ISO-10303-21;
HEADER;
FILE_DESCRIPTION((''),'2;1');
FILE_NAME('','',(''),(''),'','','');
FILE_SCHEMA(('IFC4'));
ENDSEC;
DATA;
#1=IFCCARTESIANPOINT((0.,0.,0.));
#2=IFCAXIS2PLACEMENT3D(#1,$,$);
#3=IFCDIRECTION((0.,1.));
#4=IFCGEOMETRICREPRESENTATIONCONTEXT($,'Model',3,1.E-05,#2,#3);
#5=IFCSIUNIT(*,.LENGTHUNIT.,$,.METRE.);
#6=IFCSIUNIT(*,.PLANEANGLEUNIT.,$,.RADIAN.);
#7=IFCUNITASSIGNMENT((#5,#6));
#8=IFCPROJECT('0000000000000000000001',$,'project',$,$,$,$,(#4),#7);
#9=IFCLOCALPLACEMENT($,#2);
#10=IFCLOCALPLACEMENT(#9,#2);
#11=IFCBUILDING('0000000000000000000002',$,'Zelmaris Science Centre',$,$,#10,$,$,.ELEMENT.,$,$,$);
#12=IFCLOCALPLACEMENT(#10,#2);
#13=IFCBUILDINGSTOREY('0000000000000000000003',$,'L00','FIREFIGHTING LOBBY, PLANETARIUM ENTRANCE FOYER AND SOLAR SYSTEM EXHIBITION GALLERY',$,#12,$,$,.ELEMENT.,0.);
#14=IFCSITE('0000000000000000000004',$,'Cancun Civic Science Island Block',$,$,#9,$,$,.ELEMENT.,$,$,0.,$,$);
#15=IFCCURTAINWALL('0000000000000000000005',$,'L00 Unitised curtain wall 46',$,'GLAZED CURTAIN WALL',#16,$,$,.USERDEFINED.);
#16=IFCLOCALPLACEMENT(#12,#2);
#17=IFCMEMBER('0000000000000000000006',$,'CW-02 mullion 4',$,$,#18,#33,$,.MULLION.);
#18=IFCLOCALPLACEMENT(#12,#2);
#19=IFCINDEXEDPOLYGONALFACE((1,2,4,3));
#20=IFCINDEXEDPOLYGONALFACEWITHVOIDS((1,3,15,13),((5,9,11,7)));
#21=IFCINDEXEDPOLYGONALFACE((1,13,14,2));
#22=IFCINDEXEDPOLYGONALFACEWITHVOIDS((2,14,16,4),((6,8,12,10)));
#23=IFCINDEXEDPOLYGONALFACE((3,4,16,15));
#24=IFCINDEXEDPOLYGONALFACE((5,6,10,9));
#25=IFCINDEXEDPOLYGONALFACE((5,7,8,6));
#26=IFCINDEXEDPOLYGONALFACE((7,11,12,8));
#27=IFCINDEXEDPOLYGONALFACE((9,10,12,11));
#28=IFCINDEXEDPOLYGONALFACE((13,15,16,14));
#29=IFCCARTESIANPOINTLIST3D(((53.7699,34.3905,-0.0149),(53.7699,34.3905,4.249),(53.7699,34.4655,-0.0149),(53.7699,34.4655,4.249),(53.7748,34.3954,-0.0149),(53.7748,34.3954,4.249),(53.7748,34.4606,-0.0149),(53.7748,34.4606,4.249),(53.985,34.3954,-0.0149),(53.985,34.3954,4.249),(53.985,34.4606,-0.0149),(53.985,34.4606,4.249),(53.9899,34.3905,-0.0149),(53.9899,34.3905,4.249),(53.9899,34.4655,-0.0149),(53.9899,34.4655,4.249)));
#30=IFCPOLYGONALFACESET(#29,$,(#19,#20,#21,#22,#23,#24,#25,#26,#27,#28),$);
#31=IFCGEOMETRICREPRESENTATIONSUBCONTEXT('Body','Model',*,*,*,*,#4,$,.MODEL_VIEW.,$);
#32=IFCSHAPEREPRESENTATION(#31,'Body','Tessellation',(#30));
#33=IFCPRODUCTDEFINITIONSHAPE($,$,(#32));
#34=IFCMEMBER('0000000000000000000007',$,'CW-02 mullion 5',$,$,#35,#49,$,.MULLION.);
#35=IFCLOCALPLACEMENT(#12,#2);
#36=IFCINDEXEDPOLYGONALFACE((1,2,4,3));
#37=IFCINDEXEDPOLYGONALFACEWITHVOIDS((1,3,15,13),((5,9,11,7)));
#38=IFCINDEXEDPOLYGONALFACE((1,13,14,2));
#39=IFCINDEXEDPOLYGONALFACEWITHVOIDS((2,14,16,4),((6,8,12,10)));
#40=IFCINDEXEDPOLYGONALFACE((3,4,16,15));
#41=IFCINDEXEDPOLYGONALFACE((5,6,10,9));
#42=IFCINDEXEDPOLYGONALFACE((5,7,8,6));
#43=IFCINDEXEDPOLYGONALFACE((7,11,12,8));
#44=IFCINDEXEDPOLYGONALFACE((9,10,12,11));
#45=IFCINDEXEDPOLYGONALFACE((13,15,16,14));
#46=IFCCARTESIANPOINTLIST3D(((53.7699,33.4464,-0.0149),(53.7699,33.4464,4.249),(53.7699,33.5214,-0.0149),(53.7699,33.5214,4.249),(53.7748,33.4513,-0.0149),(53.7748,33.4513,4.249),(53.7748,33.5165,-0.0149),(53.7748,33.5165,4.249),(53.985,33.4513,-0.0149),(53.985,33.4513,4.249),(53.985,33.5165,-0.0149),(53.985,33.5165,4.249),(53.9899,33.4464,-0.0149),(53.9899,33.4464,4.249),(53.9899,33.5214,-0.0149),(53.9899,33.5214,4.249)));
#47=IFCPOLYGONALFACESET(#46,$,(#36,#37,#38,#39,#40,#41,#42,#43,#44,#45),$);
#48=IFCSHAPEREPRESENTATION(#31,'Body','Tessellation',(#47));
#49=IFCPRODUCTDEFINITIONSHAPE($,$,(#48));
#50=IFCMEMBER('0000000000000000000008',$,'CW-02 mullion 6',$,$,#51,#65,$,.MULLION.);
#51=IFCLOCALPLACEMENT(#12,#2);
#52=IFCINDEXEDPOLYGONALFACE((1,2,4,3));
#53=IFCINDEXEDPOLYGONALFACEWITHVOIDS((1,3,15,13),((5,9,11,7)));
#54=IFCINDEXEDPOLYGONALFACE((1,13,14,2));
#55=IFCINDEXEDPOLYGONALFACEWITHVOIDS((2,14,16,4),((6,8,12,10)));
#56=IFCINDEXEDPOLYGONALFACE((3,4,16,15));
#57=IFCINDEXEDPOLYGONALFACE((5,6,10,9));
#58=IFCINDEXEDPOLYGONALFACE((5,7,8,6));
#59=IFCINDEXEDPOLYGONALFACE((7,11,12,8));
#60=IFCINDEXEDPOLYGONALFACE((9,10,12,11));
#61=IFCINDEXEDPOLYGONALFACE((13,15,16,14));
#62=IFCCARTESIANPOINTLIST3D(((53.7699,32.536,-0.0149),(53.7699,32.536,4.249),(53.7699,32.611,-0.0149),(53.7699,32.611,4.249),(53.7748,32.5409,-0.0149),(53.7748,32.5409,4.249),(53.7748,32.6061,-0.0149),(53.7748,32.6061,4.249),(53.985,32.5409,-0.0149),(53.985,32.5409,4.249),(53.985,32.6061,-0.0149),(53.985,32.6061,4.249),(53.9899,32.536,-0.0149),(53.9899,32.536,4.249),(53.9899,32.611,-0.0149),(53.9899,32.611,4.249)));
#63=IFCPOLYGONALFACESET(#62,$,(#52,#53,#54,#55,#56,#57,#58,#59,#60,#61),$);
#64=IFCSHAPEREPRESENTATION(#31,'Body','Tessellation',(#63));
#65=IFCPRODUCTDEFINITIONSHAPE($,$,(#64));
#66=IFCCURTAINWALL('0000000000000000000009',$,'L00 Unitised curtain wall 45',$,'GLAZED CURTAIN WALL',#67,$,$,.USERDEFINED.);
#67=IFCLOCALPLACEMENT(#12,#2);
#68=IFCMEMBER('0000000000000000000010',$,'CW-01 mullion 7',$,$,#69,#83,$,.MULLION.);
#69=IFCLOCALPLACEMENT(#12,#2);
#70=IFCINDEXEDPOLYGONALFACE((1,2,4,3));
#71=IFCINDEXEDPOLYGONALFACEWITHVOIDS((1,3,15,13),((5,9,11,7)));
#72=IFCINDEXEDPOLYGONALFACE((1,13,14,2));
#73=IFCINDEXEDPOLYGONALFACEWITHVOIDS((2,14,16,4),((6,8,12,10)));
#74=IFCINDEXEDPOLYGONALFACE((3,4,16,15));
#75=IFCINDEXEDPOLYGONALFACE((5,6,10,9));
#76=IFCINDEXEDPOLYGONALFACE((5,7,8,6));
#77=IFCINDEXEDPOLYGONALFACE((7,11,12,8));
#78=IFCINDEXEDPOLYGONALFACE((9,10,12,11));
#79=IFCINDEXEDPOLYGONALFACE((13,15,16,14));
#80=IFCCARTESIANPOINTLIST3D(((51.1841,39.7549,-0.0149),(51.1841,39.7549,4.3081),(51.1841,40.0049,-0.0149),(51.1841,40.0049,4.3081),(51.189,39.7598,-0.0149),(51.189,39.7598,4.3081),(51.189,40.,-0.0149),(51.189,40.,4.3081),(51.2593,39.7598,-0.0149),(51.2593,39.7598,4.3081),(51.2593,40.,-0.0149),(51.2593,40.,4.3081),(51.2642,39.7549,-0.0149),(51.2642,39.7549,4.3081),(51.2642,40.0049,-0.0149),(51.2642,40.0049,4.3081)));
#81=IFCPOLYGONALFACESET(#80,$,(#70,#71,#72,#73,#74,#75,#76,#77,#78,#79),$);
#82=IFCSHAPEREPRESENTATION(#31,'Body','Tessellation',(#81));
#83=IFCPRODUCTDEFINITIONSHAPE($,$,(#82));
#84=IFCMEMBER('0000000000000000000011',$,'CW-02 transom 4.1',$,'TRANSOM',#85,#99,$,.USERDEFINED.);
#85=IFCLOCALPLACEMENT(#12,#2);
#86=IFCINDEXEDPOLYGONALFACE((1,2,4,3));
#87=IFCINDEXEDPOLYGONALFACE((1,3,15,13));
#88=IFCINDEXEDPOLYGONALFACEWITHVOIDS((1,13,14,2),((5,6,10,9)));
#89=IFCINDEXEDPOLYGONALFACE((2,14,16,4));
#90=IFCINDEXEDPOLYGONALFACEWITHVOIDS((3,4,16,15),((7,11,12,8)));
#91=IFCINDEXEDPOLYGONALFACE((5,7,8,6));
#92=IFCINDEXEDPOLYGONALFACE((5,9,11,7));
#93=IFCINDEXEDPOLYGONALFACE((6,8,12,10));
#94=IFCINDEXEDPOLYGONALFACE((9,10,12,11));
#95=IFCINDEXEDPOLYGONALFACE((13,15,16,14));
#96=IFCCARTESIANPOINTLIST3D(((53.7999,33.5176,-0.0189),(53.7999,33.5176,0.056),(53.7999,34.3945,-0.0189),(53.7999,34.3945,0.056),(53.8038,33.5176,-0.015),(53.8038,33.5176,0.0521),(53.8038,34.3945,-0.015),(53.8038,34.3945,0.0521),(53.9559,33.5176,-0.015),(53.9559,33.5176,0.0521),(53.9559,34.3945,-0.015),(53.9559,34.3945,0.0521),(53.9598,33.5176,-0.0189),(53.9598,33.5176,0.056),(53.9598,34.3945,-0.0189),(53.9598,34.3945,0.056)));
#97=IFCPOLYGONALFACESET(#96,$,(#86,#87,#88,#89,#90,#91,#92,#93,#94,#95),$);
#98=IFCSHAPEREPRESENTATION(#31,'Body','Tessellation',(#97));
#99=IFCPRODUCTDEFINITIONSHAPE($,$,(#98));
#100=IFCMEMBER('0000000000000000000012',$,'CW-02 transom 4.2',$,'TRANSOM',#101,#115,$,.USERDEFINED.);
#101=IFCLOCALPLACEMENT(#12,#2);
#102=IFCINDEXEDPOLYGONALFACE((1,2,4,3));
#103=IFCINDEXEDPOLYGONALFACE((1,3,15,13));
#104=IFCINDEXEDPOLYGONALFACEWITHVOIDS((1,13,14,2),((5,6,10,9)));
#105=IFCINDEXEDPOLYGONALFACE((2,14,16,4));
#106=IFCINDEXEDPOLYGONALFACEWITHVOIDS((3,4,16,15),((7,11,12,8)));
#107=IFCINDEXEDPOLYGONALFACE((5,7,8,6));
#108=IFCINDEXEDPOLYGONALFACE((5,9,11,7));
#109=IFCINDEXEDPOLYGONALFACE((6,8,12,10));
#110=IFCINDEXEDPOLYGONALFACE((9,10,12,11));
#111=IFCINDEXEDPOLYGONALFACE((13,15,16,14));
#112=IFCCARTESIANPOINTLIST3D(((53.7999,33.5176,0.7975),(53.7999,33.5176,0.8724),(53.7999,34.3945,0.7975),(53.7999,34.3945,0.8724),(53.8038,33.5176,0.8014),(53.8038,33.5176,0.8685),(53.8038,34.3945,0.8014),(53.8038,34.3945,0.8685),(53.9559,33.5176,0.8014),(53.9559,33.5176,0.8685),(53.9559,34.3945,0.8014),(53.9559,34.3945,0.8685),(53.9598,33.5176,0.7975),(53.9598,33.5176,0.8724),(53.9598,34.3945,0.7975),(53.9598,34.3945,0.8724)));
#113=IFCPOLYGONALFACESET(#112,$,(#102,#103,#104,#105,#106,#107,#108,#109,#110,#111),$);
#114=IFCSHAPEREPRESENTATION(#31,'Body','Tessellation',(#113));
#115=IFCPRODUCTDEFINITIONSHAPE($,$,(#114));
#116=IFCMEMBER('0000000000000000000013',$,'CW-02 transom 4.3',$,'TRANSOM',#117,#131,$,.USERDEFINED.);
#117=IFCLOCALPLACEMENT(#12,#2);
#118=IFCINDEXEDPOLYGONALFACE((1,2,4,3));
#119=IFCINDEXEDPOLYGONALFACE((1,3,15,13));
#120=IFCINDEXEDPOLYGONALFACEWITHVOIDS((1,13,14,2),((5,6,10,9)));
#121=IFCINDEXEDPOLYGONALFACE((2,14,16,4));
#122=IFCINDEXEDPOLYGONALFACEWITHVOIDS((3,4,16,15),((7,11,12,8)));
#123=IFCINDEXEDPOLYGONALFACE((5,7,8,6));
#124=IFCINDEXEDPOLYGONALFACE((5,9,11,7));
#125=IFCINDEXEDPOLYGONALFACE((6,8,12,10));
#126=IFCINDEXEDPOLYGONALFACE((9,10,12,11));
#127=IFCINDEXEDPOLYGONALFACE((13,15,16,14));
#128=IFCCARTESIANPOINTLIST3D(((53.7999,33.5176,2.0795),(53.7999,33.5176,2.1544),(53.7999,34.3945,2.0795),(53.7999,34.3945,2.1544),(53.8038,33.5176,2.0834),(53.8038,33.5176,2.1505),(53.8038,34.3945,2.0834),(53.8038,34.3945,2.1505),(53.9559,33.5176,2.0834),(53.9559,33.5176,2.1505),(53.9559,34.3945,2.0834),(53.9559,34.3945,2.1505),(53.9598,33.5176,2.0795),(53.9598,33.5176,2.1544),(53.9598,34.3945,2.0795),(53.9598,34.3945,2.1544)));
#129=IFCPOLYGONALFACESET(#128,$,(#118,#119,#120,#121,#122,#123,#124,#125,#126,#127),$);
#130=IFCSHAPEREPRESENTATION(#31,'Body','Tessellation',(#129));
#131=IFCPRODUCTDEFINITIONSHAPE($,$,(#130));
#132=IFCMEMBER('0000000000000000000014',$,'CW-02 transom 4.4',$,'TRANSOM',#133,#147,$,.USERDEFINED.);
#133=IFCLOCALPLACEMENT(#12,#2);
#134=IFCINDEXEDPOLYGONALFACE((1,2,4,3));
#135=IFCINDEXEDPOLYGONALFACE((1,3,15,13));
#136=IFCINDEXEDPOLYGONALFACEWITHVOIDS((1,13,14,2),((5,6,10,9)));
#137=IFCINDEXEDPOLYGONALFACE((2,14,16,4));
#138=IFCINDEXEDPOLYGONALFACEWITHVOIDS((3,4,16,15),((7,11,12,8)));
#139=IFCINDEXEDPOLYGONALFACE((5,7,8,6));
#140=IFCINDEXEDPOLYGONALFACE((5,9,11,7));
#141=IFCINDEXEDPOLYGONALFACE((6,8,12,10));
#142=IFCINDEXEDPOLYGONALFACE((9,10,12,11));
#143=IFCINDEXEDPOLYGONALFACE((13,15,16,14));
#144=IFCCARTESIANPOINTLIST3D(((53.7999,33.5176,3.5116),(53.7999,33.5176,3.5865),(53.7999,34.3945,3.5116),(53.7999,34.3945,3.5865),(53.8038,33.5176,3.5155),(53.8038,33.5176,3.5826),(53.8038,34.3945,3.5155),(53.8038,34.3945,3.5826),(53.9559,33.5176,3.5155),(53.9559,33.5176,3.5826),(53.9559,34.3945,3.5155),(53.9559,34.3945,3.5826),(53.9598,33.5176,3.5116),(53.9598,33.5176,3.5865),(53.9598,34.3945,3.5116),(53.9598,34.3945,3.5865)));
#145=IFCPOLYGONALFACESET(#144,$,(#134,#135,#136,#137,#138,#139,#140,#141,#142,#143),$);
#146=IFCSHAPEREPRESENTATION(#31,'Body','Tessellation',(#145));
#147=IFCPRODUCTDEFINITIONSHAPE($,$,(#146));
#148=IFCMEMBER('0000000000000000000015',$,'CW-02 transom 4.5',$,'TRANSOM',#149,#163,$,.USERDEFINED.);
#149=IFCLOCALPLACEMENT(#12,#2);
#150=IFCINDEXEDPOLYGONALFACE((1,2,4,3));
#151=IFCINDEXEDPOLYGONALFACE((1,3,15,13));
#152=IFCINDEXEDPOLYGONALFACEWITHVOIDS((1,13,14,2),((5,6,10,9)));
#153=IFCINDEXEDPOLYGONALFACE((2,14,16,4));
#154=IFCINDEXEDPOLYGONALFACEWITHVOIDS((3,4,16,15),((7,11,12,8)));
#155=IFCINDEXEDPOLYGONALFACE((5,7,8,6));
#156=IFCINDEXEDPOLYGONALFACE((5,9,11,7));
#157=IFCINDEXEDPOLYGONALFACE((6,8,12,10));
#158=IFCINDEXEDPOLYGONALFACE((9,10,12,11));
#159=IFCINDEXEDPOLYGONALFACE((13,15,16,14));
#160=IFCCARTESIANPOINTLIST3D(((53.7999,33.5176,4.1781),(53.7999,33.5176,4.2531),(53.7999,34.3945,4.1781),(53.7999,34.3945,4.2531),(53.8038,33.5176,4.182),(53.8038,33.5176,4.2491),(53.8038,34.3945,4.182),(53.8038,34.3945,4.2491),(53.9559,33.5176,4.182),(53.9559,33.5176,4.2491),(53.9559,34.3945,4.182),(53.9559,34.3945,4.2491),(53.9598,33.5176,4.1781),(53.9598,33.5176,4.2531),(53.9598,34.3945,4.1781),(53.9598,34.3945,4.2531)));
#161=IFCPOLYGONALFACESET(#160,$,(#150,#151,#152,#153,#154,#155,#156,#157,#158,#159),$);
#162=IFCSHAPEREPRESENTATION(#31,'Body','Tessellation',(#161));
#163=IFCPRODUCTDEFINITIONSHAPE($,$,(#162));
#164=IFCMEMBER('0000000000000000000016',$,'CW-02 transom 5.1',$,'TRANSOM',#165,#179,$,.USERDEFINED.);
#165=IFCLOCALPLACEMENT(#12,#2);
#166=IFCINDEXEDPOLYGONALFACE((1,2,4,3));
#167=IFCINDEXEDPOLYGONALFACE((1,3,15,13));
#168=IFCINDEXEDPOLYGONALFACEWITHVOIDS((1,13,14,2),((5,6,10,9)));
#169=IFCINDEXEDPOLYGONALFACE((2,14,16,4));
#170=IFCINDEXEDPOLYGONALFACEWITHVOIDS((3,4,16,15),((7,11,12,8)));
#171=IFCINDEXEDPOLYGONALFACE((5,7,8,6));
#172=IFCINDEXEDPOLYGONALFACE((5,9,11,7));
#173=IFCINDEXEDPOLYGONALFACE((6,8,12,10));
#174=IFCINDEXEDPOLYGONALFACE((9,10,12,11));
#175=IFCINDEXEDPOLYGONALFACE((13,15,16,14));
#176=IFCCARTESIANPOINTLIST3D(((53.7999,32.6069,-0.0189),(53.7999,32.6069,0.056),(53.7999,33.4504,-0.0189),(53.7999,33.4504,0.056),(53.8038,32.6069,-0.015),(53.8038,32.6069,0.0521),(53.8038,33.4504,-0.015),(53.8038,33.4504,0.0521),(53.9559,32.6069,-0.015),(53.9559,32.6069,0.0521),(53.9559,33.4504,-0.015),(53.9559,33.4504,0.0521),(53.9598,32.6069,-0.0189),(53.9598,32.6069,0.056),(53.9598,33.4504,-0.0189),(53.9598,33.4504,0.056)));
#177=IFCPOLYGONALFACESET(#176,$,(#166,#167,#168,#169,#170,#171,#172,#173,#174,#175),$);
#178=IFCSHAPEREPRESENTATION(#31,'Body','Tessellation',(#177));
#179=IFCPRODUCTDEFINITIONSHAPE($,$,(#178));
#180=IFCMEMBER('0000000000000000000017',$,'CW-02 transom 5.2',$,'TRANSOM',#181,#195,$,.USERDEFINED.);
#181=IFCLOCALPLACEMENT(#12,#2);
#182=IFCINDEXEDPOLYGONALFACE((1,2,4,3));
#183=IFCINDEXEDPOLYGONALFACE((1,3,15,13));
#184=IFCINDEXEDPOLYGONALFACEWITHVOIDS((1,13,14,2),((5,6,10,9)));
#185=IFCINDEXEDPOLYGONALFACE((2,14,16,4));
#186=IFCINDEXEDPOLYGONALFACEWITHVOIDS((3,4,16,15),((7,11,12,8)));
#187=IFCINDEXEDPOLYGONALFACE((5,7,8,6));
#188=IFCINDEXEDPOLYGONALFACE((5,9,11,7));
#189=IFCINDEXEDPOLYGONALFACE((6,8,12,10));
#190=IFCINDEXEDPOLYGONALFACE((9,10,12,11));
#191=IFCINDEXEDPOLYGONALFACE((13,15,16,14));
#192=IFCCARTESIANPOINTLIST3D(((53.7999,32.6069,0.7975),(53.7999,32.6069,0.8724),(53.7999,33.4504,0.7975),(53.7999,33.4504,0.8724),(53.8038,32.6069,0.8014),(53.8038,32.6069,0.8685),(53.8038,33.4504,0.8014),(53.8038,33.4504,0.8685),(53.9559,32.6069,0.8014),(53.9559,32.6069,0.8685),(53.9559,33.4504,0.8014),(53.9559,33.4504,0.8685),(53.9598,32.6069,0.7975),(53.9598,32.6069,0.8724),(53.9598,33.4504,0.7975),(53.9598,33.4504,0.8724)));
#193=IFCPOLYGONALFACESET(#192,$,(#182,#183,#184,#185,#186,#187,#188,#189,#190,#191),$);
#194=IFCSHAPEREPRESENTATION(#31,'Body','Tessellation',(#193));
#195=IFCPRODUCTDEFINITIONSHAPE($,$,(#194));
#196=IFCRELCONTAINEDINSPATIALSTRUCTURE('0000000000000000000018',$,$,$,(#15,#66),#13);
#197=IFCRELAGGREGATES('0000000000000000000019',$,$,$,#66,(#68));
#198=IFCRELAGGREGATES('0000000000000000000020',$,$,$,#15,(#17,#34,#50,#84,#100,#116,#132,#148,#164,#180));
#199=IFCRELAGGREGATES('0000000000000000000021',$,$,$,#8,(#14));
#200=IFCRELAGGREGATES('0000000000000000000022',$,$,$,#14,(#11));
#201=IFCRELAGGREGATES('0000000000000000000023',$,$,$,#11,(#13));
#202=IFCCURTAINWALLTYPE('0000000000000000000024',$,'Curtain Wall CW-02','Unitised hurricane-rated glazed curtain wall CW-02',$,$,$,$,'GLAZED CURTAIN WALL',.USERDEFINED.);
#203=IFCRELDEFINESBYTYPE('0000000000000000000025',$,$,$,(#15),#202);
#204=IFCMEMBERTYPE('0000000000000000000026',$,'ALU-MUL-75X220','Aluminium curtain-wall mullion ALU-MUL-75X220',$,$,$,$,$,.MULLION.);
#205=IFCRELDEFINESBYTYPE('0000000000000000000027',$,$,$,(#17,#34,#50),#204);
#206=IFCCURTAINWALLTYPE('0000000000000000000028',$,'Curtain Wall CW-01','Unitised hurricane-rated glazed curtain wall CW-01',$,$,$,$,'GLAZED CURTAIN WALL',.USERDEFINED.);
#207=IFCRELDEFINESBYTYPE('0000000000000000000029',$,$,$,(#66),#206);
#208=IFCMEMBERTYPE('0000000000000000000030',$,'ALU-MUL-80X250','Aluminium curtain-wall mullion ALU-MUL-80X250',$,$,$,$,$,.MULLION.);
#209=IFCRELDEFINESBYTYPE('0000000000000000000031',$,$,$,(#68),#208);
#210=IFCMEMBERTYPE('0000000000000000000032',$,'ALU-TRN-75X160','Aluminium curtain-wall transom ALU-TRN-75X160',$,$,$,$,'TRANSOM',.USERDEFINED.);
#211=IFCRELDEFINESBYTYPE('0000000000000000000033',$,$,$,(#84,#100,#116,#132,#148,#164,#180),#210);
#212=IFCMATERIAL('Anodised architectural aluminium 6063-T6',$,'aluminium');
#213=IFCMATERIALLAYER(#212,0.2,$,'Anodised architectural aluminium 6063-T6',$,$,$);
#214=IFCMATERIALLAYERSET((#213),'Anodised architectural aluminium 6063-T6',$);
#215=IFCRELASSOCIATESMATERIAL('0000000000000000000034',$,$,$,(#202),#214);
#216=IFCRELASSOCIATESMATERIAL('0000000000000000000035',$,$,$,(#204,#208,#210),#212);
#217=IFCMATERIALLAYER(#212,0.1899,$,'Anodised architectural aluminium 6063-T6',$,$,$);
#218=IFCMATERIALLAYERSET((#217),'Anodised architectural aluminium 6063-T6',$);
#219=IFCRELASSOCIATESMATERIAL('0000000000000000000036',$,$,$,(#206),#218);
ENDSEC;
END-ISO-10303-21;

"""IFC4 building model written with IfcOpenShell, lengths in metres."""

from ifc_helpers import new_model, si_unit, direction, frame, origin, origin_2d, place, context, subcontext, project, spatial, hollow_rectangle, extrude, material, layer, layer_set, material_profile, profile_set, type_object, element, aggregate, save


model = new_model("IFC4")

# Units and contexts
model_context = context("Model", 3, precision=1e-05, world=origin(), true_north=direction((0.0, 1.0)))
body_context = subcontext(model_context, "Body", "Model", "MODEL_VIEW")
ifc_project = project(units=[si_unit("LENGTHUNIT", "METRE"), si_unit("PLANEANGLEUNIT", "RADIAN")], contexts=[model_context])

# Site, building, storey
site_placement = place(None, origin())
site = spatial("IfcSite", under=ifc_project, at=site_placement, Name="Cancun Civic Science Island Block", CompositionType="ELEMENT", RefElevation=0.0)
building_placement = place(site_placement, origin())
building = spatial("IfcBuilding", under=site, at=building_placement, Name="Zelmaris Science Centre", CompositionType="ELEMENT")
storey_placement = place(building_placement, origin())
storey = spatial("IfcBuildingStorey", under=building, at=storey_placement, Name="L00", Description="FIREFIGHTING LOBBY, PLANETARIUM ENTRANCE FOYER AND SOLAR SYSTEM EXHIBITION GALLERY", CompositionType="ELEMENT", Elevation=0.0)

# Curtain wall, members
ifc_material_1 = material(Name="Anodised architectural aluminium 6063-T6", Category="aluminium")
ifc_layer_1 = layer(ifc_material_1, 0.2, Name="Anodised architectural aluminium 6063-T6")
ifc_layer_set_1 = layer_set([ifc_layer_1], Name="Anodised architectural aluminium 6063-T6")
curtain_wall_type_1 = type_object("IfcCurtainWallType", Name="Curtain Wall CW-02", Description="Unitised hurricane-rated glazed curtain wall CW-02", ElementType="GLAZED CURTAIN WALL", PredefinedType="USERDEFINED", material=ifc_layer_set_1)
curtain_wall_1_placement = place(storey_placement, origin())
curtain_wall_1 = element("IfcCurtainWall", 1, at=curtain_wall_1_placement, inside=storey, type_object=curtain_wall_type_1, Name="L00 Unitised curtain wall 46", ObjectType="GLAZED CURTAIN WALL", PredefinedType="USERDEFINED")
ifc_material_profile_1 = material_profile(ifc_material_1, hollow_rectangle(XDim=0.075, YDim=0.22, WallThickness=0.0049, at=origin_2d()), Name="ALU-MUL-75X220")
ifc_profile_set_1 = profile_set([ifc_material_profile_1], Name="Anodised architectural aluminium 6063-T6")
member_type_1 = type_object("IfcMemberType", Name="ALU-MUL-75X220", Description="Aluminium curtain-wall mullion ALU-MUL-75X220", PredefinedType="MULLION", material=ifc_profile_set_1)
member_1_placement = place(storey_placement, frame((53.8799, 34.428, -0.0149), z_axis=(0.0, 0.0, 1.0), x_axis=(0.00001, -1.0, 0.0)))
member_1 = element("IfcMember", 2, at=member_1_placement, type_object=member_type_1, Name="CW-02 mullion 4", PredefinedType="MULLION", context=body_context, shape_type="SweptSolid", body=[
    extrude(hollow_rectangle(XDim=0.075, YDim=0.22, WallThickness=0.0049, at=origin_2d()), origin(), (0.0, 0.0, 1.0), 4.2639),
])
member_2_placement = place(storey_placement, frame((53.8799, 33.4839, -0.0149), z_axis=(0.0, 0.0, 1.0), x_axis=(0.00001, -1.0, 0.0)))
member_2 = element("IfcMember", 3, at=member_2_placement, type_object=member_type_1, Name="CW-02 mullion 5", PredefinedType="MULLION", context=body_context, shape_type="SweptSolid", body=[
    extrude(hollow_rectangle(XDim=0.075, YDim=0.22, WallThickness=0.0049, at=origin_2d()), origin(), (0.0, 0.0, 1.0), 4.2639),
])
member_3_placement = place(storey_placement, frame((53.8799, 32.5735, -0.0149), z_axis=(0.0, 0.0, 1.0), x_axis=(0.00001, -1.0, 0.0)))
member_3 = element("IfcMember", 4, at=member_3_placement, type_object=member_type_1, Name="CW-02 mullion 6", PredefinedType="MULLION", context=body_context, shape_type="SweptSolid", body=[
    extrude(hollow_rectangle(XDim=0.075, YDim=0.22, WallThickness=0.0049, at=origin_2d()), origin(), (0.0, 0.0, 1.0), 4.2639),
])

# Curtain wall, member
ifc_layer_2 = layer(ifc_material_1, 0.1899, Name="Anodised architectural aluminium 6063-T6")
ifc_layer_set_2 = layer_set([ifc_layer_2], Name="Anodised architectural aluminium 6063-T6")
curtain_wall_type_2 = type_object("IfcCurtainWallType", Name="Curtain Wall CW-01", Description="Unitised hurricane-rated glazed curtain wall CW-01", ElementType="GLAZED CURTAIN WALL", PredefinedType="USERDEFINED", material=ifc_layer_set_2)
curtain_wall_2_placement = place(storey_placement, origin())
curtain_wall_2 = element("IfcCurtainWall", 5, at=curtain_wall_2_placement, inside=storey, type_object=curtain_wall_type_2, Name="L00 Unitised curtain wall 45", ObjectType="GLAZED CURTAIN WALL", PredefinedType="USERDEFINED")
ifc_material_profile_2 = material_profile(ifc_material_1, hollow_rectangle(XDim=0.0801, YDim=0.25, WallThickness=0.0049, at=origin_2d()), Name="ALU-MUL-80X250")
ifc_profile_set_2 = profile_set([ifc_material_profile_2], Name="Anodised architectural aluminium 6063-T6")
member_type_2 = type_object("IfcMemberType", Name="ALU-MUL-80X250", Description="Aluminium curtain-wall mullion ALU-MUL-80X250", PredefinedType="MULLION", material=ifc_profile_set_2)
member_4_placement = place(storey_placement, frame((51.2241, 39.8799, -0.0149), z_axis=(0.0, 0.0, 1.0), x_axis=(1.0, -0.000003, 0.0)))
member_4 = element("IfcMember", 6, at=member_4_placement, type_object=member_type_2, Name="CW-01 mullion 7", PredefinedType="MULLION", context=body_context, shape_type="SweptSolid", body=[
    extrude(hollow_rectangle(XDim=0.0801, YDim=0.25, WallThickness=0.0049, at=origin_2d()), origin(), (0.0, 0.0, 1.0), 4.323),
])

# Members
ifc_material_profile_3 = material_profile(ifc_material_1, hollow_rectangle(XDim=0.075, YDim=0.1599, WallThickness=0.0039, at=origin_2d()), Name="ALU-TRN-75X160")
ifc_profile_set_3 = profile_set([ifc_material_profile_3], Name="Anodised architectural aluminium 6063-T6")
member_type_3 = type_object("IfcMemberType", Name="ALU-TRN-75X160", Description="Aluminium curtain-wall transom ALU-TRN-75X160", ElementType="TRANSOM", PredefinedType="USERDEFINED", material=ifc_profile_set_3)
member_5_placement = place(storey_placement, frame((53.8799, 34.3945, 0.0186), z_axis=(0.0, -1.0, 0.0), x_axis=(0.0, 0.0, 1.0)))
member_5 = element("IfcMember", 7, at=member_5_placement, type_object=member_type_3, Name="CW-02 transom 4.1", ObjectType="TRANSOM", PredefinedType="USERDEFINED", context=body_context, shape_type="SweptSolid", body=[
    extrude(hollow_rectangle(XDim=0.075, YDim=0.1599, WallThickness=0.0039, at=origin_2d()), origin(), (0.0, 0.0, 1.0), 0.877),
])
member_6_placement = place(storey_placement, frame((53.8799, 34.3945, 0.835), z_axis=(0.0, -1.0, 0.0), x_axis=(0.0, 0.0, 1.0)))
member_6 = element("IfcMember", 8, at=member_6_placement, type_object=member_type_3, Name="CW-02 transom 4.2", ObjectType="TRANSOM", PredefinedType="USERDEFINED", context=body_context, shape_type="SweptSolid", body=[
    extrude(hollow_rectangle(XDim=0.075, YDim=0.1599, WallThickness=0.0039, at=origin_2d()), origin(), (0.0, 0.0, 1.0), 0.877),
])
member_7_placement = place(storey_placement, frame((53.8799, 34.3945, 2.1169), z_axis=(0.0, -1.0, 0.0), x_axis=(0.0, 0.0, 1.0)))
member_7 = element("IfcMember", 9, at=member_7_placement, type_object=member_type_3, Name="CW-02 transom 4.3", ObjectType="TRANSOM", PredefinedType="USERDEFINED", context=body_context, shape_type="SweptSolid", body=[
    extrude(hollow_rectangle(XDim=0.075, YDim=0.1599, WallThickness=0.0039, at=origin_2d()), origin(), (0.0, 0.0, 1.0), 0.877),
])
member_8_placement = place(storey_placement, frame((53.8799, 34.3945, 3.5491), z_axis=(0.0, -1.0, 0.0), x_axis=(0.0, 0.0, 1.0)))
member_8 = element("IfcMember", 10, at=member_8_placement, type_object=member_type_3, Name="CW-02 transom 4.4", ObjectType="TRANSOM", PredefinedType="USERDEFINED", context=body_context, shape_type="SweptSolid", body=[
    extrude(hollow_rectangle(XDim=0.075, YDim=0.1599, WallThickness=0.0039, at=origin_2d()), origin(), (0.0, 0.0, 1.0), 0.877),
])
member_9_placement = place(storey_placement, frame((53.8799, 34.3945, 4.2156), z_axis=(0.0, -1.0, 0.0), x_axis=(0.0, 0.0, 1.0)))
member_9 = element("IfcMember", 11, at=member_9_placement, type_object=member_type_3, Name="CW-02 transom 4.5", ObjectType="TRANSOM", PredefinedType="USERDEFINED", context=body_context, shape_type="SweptSolid", body=[
    extrude(hollow_rectangle(XDim=0.075, YDim=0.1599, WallThickness=0.0039, at=origin_2d()), origin(), (0.0, 0.0, 1.0), 0.877),
])
member_10_placement = place(storey_placement, frame((53.8799, 33.4504, 0.0186), z_axis=(0.0, -1.0, 0.0), x_axis=(0.0, 0.0, 1.0)))
member_10 = element("IfcMember", 12, at=member_10_placement, type_object=member_type_3, Name="CW-02 transom 5.1", ObjectType="TRANSOM", PredefinedType="USERDEFINED", context=body_context, shape_type="SweptSolid", body=[
    extrude(hollow_rectangle(XDim=0.075, YDim=0.1599, WallThickness=0.0039, at=origin_2d()), origin(), (0.0, 0.0, 1.0), 0.8435),
])
member_11_placement = place(storey_placement, frame((53.8799, 33.4504, 0.835), z_axis=(0.0, -1.0, 0.0), x_axis=(0.0, 0.0, 1.0)))
member_11 = element("IfcMember", 13, at=member_11_placement, type_object=member_type_3, Name="CW-02 transom 5.2", ObjectType="TRANSOM", PredefinedType="USERDEFINED", context=body_context, shape_type="SweptSolid", body=[
    extrude(hollow_rectangle(XDim=0.075, YDim=0.1599, WallThickness=0.0039, at=origin_2d()), origin(), (0.0, 0.0, 1.0), 0.8435),
])

aggregate(curtain_wall_2, [member_4])
aggregate(curtain_wall_1, [member_1, member_2, member_3, member_5, member_6, member_7, member_8, member_9, member_10, member_11])

save(model, "model.ifc")
